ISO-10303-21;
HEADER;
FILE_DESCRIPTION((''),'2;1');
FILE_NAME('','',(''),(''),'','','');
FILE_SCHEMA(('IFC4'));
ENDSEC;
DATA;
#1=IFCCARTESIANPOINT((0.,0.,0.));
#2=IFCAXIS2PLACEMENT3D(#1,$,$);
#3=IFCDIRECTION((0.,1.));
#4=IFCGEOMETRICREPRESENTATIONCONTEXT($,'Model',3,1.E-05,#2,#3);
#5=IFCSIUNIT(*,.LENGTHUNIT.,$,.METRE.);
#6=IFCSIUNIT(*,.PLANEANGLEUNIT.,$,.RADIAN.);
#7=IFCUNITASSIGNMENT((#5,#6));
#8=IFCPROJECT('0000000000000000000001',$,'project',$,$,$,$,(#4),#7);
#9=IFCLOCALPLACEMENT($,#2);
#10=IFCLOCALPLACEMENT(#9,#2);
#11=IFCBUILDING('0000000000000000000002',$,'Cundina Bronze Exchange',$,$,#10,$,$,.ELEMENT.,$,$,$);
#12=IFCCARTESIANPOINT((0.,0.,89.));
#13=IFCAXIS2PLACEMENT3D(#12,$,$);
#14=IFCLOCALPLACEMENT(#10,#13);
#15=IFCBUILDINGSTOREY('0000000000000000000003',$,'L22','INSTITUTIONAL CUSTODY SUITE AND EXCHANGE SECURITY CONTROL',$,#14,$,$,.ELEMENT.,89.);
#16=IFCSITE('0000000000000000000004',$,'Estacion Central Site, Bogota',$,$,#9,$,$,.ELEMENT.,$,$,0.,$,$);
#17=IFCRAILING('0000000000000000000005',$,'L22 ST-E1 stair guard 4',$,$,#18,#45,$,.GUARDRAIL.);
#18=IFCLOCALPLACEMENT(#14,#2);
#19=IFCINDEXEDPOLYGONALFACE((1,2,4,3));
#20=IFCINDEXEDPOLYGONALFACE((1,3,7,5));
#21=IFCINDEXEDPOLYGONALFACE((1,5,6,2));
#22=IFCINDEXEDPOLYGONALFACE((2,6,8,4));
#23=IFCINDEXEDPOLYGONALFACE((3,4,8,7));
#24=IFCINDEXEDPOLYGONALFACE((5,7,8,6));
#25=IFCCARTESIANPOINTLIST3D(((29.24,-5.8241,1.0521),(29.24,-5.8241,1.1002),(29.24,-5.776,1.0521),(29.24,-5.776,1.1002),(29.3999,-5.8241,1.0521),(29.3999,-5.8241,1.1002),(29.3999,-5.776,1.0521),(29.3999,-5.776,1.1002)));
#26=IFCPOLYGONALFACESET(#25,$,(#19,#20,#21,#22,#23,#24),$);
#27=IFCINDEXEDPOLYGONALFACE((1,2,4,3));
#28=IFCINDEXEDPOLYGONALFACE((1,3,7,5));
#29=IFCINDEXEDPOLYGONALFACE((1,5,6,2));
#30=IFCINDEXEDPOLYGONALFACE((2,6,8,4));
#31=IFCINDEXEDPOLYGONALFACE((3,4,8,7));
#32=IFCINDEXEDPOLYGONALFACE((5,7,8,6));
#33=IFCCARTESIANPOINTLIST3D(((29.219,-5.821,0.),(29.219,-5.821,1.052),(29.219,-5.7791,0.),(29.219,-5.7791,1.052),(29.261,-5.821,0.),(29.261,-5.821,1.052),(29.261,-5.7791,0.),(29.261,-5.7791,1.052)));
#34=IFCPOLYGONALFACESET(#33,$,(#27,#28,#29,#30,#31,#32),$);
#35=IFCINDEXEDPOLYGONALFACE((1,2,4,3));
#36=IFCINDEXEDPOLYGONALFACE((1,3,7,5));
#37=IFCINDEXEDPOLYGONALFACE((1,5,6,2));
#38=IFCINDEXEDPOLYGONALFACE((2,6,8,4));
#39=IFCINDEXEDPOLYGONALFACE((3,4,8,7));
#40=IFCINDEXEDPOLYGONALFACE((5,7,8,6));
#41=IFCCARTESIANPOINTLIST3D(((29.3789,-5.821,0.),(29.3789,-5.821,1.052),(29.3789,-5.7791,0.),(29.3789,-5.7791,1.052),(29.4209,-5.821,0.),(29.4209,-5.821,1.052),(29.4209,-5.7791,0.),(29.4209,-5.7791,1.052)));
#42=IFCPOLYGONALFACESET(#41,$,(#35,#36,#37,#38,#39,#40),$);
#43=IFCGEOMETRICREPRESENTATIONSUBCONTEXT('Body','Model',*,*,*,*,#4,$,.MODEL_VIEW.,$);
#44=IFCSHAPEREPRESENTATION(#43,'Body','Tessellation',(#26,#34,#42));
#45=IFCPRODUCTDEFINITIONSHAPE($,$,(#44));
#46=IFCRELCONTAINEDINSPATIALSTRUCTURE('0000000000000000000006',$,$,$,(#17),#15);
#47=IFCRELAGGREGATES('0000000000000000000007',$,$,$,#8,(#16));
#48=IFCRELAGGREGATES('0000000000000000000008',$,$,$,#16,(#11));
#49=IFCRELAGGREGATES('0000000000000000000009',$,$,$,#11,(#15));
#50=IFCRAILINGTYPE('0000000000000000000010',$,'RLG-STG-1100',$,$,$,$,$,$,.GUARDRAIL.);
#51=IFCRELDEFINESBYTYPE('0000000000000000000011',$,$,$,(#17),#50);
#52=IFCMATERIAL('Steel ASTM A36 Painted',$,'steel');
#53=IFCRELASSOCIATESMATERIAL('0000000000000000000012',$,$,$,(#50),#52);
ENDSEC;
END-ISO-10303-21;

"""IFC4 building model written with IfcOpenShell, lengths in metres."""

from ifc_helpers import new_model, si_unit, direction, frame, origin, origin_2d, place, context, subcontext, project, spatial, rectangle, extrude, material, type_object, element, save


model = new_model("IFC4")

# Units and contexts
model_context = context("Model", 3, precision=1e-05, world=origin(), true_north=direction((0.0, 1.0)))
body_context = subcontext(model_context, "Body", "Model", "MODEL_VIEW")
ifc_project = project(units=[si_unit("LENGTHUNIT", "METRE"), si_unit("PLANEANGLEUNIT", "RADIAN")], contexts=[model_context])

# Site, building, storey
site_placement = place(None, origin())
site = spatial("IfcSite", under=ifc_project, at=site_placement, Name="Estacion Central Site, Bogota", CompositionType="ELEMENT", RefElevation=0.0)
building_placement = place(site_placement, origin())
building = spatial("IfcBuilding", under=site, at=building_placement, Name="Cundina Bronze Exchange", CompositionType="ELEMENT")
storey_placement = place(building_placement, frame((0.0, 0.0, 89.0)))
storey = spatial("IfcBuildingStorey", under=building, at=storey_placement, Name="L22", Description="INSTITUTIONAL CUSTODY SUITE AND EXCHANGE SECURITY CONTROL", CompositionType="ELEMENT", Elevation=89.0)

# Railing
ifc_material_1 = material(Name="Steel ASTM A36 Painted", Category="steel")
railing_type_1 = type_object("IfcRailingType", Name="RLG-STG-1100", PredefinedType="GUARDRAIL", material=ifc_material_1)
railing_1_placement = place(storey_placement, frame((29.24, -5.8, 0.0)))
element("IfcRailing", 1, at=railing_1_placement, inside=storey, type_object=railing_type_1, Name="L22 ST-E1 stair guard 4", PredefinedType="GUARDRAIL", context=body_context, shape_type="SweptSolid", body=[
    extrude(rectangle(XDim=0.0481, YDim=0.0481, at=origin_2d()), frame((0.0, 0.0, 1.0762), z_axis=(1.0, 0.0, 0.0), x_axis=(0.0, 1.0, 0.0)), (0.0, 0.0, 1.0), 0.1599),
    extrude(rectangle(XDim=0.042, YDim=0.042, at=origin_2d()), origin(), (0.0, 0.0, 1.0), 1.052),
    extrude(rectangle(XDim=0.042, YDim=0.042, at=origin_2d()), frame((0.1599, 0.0, 0.0)), (0.0, 0.0, 1.0), 1.052),
])

save(model, "model.ifc")
